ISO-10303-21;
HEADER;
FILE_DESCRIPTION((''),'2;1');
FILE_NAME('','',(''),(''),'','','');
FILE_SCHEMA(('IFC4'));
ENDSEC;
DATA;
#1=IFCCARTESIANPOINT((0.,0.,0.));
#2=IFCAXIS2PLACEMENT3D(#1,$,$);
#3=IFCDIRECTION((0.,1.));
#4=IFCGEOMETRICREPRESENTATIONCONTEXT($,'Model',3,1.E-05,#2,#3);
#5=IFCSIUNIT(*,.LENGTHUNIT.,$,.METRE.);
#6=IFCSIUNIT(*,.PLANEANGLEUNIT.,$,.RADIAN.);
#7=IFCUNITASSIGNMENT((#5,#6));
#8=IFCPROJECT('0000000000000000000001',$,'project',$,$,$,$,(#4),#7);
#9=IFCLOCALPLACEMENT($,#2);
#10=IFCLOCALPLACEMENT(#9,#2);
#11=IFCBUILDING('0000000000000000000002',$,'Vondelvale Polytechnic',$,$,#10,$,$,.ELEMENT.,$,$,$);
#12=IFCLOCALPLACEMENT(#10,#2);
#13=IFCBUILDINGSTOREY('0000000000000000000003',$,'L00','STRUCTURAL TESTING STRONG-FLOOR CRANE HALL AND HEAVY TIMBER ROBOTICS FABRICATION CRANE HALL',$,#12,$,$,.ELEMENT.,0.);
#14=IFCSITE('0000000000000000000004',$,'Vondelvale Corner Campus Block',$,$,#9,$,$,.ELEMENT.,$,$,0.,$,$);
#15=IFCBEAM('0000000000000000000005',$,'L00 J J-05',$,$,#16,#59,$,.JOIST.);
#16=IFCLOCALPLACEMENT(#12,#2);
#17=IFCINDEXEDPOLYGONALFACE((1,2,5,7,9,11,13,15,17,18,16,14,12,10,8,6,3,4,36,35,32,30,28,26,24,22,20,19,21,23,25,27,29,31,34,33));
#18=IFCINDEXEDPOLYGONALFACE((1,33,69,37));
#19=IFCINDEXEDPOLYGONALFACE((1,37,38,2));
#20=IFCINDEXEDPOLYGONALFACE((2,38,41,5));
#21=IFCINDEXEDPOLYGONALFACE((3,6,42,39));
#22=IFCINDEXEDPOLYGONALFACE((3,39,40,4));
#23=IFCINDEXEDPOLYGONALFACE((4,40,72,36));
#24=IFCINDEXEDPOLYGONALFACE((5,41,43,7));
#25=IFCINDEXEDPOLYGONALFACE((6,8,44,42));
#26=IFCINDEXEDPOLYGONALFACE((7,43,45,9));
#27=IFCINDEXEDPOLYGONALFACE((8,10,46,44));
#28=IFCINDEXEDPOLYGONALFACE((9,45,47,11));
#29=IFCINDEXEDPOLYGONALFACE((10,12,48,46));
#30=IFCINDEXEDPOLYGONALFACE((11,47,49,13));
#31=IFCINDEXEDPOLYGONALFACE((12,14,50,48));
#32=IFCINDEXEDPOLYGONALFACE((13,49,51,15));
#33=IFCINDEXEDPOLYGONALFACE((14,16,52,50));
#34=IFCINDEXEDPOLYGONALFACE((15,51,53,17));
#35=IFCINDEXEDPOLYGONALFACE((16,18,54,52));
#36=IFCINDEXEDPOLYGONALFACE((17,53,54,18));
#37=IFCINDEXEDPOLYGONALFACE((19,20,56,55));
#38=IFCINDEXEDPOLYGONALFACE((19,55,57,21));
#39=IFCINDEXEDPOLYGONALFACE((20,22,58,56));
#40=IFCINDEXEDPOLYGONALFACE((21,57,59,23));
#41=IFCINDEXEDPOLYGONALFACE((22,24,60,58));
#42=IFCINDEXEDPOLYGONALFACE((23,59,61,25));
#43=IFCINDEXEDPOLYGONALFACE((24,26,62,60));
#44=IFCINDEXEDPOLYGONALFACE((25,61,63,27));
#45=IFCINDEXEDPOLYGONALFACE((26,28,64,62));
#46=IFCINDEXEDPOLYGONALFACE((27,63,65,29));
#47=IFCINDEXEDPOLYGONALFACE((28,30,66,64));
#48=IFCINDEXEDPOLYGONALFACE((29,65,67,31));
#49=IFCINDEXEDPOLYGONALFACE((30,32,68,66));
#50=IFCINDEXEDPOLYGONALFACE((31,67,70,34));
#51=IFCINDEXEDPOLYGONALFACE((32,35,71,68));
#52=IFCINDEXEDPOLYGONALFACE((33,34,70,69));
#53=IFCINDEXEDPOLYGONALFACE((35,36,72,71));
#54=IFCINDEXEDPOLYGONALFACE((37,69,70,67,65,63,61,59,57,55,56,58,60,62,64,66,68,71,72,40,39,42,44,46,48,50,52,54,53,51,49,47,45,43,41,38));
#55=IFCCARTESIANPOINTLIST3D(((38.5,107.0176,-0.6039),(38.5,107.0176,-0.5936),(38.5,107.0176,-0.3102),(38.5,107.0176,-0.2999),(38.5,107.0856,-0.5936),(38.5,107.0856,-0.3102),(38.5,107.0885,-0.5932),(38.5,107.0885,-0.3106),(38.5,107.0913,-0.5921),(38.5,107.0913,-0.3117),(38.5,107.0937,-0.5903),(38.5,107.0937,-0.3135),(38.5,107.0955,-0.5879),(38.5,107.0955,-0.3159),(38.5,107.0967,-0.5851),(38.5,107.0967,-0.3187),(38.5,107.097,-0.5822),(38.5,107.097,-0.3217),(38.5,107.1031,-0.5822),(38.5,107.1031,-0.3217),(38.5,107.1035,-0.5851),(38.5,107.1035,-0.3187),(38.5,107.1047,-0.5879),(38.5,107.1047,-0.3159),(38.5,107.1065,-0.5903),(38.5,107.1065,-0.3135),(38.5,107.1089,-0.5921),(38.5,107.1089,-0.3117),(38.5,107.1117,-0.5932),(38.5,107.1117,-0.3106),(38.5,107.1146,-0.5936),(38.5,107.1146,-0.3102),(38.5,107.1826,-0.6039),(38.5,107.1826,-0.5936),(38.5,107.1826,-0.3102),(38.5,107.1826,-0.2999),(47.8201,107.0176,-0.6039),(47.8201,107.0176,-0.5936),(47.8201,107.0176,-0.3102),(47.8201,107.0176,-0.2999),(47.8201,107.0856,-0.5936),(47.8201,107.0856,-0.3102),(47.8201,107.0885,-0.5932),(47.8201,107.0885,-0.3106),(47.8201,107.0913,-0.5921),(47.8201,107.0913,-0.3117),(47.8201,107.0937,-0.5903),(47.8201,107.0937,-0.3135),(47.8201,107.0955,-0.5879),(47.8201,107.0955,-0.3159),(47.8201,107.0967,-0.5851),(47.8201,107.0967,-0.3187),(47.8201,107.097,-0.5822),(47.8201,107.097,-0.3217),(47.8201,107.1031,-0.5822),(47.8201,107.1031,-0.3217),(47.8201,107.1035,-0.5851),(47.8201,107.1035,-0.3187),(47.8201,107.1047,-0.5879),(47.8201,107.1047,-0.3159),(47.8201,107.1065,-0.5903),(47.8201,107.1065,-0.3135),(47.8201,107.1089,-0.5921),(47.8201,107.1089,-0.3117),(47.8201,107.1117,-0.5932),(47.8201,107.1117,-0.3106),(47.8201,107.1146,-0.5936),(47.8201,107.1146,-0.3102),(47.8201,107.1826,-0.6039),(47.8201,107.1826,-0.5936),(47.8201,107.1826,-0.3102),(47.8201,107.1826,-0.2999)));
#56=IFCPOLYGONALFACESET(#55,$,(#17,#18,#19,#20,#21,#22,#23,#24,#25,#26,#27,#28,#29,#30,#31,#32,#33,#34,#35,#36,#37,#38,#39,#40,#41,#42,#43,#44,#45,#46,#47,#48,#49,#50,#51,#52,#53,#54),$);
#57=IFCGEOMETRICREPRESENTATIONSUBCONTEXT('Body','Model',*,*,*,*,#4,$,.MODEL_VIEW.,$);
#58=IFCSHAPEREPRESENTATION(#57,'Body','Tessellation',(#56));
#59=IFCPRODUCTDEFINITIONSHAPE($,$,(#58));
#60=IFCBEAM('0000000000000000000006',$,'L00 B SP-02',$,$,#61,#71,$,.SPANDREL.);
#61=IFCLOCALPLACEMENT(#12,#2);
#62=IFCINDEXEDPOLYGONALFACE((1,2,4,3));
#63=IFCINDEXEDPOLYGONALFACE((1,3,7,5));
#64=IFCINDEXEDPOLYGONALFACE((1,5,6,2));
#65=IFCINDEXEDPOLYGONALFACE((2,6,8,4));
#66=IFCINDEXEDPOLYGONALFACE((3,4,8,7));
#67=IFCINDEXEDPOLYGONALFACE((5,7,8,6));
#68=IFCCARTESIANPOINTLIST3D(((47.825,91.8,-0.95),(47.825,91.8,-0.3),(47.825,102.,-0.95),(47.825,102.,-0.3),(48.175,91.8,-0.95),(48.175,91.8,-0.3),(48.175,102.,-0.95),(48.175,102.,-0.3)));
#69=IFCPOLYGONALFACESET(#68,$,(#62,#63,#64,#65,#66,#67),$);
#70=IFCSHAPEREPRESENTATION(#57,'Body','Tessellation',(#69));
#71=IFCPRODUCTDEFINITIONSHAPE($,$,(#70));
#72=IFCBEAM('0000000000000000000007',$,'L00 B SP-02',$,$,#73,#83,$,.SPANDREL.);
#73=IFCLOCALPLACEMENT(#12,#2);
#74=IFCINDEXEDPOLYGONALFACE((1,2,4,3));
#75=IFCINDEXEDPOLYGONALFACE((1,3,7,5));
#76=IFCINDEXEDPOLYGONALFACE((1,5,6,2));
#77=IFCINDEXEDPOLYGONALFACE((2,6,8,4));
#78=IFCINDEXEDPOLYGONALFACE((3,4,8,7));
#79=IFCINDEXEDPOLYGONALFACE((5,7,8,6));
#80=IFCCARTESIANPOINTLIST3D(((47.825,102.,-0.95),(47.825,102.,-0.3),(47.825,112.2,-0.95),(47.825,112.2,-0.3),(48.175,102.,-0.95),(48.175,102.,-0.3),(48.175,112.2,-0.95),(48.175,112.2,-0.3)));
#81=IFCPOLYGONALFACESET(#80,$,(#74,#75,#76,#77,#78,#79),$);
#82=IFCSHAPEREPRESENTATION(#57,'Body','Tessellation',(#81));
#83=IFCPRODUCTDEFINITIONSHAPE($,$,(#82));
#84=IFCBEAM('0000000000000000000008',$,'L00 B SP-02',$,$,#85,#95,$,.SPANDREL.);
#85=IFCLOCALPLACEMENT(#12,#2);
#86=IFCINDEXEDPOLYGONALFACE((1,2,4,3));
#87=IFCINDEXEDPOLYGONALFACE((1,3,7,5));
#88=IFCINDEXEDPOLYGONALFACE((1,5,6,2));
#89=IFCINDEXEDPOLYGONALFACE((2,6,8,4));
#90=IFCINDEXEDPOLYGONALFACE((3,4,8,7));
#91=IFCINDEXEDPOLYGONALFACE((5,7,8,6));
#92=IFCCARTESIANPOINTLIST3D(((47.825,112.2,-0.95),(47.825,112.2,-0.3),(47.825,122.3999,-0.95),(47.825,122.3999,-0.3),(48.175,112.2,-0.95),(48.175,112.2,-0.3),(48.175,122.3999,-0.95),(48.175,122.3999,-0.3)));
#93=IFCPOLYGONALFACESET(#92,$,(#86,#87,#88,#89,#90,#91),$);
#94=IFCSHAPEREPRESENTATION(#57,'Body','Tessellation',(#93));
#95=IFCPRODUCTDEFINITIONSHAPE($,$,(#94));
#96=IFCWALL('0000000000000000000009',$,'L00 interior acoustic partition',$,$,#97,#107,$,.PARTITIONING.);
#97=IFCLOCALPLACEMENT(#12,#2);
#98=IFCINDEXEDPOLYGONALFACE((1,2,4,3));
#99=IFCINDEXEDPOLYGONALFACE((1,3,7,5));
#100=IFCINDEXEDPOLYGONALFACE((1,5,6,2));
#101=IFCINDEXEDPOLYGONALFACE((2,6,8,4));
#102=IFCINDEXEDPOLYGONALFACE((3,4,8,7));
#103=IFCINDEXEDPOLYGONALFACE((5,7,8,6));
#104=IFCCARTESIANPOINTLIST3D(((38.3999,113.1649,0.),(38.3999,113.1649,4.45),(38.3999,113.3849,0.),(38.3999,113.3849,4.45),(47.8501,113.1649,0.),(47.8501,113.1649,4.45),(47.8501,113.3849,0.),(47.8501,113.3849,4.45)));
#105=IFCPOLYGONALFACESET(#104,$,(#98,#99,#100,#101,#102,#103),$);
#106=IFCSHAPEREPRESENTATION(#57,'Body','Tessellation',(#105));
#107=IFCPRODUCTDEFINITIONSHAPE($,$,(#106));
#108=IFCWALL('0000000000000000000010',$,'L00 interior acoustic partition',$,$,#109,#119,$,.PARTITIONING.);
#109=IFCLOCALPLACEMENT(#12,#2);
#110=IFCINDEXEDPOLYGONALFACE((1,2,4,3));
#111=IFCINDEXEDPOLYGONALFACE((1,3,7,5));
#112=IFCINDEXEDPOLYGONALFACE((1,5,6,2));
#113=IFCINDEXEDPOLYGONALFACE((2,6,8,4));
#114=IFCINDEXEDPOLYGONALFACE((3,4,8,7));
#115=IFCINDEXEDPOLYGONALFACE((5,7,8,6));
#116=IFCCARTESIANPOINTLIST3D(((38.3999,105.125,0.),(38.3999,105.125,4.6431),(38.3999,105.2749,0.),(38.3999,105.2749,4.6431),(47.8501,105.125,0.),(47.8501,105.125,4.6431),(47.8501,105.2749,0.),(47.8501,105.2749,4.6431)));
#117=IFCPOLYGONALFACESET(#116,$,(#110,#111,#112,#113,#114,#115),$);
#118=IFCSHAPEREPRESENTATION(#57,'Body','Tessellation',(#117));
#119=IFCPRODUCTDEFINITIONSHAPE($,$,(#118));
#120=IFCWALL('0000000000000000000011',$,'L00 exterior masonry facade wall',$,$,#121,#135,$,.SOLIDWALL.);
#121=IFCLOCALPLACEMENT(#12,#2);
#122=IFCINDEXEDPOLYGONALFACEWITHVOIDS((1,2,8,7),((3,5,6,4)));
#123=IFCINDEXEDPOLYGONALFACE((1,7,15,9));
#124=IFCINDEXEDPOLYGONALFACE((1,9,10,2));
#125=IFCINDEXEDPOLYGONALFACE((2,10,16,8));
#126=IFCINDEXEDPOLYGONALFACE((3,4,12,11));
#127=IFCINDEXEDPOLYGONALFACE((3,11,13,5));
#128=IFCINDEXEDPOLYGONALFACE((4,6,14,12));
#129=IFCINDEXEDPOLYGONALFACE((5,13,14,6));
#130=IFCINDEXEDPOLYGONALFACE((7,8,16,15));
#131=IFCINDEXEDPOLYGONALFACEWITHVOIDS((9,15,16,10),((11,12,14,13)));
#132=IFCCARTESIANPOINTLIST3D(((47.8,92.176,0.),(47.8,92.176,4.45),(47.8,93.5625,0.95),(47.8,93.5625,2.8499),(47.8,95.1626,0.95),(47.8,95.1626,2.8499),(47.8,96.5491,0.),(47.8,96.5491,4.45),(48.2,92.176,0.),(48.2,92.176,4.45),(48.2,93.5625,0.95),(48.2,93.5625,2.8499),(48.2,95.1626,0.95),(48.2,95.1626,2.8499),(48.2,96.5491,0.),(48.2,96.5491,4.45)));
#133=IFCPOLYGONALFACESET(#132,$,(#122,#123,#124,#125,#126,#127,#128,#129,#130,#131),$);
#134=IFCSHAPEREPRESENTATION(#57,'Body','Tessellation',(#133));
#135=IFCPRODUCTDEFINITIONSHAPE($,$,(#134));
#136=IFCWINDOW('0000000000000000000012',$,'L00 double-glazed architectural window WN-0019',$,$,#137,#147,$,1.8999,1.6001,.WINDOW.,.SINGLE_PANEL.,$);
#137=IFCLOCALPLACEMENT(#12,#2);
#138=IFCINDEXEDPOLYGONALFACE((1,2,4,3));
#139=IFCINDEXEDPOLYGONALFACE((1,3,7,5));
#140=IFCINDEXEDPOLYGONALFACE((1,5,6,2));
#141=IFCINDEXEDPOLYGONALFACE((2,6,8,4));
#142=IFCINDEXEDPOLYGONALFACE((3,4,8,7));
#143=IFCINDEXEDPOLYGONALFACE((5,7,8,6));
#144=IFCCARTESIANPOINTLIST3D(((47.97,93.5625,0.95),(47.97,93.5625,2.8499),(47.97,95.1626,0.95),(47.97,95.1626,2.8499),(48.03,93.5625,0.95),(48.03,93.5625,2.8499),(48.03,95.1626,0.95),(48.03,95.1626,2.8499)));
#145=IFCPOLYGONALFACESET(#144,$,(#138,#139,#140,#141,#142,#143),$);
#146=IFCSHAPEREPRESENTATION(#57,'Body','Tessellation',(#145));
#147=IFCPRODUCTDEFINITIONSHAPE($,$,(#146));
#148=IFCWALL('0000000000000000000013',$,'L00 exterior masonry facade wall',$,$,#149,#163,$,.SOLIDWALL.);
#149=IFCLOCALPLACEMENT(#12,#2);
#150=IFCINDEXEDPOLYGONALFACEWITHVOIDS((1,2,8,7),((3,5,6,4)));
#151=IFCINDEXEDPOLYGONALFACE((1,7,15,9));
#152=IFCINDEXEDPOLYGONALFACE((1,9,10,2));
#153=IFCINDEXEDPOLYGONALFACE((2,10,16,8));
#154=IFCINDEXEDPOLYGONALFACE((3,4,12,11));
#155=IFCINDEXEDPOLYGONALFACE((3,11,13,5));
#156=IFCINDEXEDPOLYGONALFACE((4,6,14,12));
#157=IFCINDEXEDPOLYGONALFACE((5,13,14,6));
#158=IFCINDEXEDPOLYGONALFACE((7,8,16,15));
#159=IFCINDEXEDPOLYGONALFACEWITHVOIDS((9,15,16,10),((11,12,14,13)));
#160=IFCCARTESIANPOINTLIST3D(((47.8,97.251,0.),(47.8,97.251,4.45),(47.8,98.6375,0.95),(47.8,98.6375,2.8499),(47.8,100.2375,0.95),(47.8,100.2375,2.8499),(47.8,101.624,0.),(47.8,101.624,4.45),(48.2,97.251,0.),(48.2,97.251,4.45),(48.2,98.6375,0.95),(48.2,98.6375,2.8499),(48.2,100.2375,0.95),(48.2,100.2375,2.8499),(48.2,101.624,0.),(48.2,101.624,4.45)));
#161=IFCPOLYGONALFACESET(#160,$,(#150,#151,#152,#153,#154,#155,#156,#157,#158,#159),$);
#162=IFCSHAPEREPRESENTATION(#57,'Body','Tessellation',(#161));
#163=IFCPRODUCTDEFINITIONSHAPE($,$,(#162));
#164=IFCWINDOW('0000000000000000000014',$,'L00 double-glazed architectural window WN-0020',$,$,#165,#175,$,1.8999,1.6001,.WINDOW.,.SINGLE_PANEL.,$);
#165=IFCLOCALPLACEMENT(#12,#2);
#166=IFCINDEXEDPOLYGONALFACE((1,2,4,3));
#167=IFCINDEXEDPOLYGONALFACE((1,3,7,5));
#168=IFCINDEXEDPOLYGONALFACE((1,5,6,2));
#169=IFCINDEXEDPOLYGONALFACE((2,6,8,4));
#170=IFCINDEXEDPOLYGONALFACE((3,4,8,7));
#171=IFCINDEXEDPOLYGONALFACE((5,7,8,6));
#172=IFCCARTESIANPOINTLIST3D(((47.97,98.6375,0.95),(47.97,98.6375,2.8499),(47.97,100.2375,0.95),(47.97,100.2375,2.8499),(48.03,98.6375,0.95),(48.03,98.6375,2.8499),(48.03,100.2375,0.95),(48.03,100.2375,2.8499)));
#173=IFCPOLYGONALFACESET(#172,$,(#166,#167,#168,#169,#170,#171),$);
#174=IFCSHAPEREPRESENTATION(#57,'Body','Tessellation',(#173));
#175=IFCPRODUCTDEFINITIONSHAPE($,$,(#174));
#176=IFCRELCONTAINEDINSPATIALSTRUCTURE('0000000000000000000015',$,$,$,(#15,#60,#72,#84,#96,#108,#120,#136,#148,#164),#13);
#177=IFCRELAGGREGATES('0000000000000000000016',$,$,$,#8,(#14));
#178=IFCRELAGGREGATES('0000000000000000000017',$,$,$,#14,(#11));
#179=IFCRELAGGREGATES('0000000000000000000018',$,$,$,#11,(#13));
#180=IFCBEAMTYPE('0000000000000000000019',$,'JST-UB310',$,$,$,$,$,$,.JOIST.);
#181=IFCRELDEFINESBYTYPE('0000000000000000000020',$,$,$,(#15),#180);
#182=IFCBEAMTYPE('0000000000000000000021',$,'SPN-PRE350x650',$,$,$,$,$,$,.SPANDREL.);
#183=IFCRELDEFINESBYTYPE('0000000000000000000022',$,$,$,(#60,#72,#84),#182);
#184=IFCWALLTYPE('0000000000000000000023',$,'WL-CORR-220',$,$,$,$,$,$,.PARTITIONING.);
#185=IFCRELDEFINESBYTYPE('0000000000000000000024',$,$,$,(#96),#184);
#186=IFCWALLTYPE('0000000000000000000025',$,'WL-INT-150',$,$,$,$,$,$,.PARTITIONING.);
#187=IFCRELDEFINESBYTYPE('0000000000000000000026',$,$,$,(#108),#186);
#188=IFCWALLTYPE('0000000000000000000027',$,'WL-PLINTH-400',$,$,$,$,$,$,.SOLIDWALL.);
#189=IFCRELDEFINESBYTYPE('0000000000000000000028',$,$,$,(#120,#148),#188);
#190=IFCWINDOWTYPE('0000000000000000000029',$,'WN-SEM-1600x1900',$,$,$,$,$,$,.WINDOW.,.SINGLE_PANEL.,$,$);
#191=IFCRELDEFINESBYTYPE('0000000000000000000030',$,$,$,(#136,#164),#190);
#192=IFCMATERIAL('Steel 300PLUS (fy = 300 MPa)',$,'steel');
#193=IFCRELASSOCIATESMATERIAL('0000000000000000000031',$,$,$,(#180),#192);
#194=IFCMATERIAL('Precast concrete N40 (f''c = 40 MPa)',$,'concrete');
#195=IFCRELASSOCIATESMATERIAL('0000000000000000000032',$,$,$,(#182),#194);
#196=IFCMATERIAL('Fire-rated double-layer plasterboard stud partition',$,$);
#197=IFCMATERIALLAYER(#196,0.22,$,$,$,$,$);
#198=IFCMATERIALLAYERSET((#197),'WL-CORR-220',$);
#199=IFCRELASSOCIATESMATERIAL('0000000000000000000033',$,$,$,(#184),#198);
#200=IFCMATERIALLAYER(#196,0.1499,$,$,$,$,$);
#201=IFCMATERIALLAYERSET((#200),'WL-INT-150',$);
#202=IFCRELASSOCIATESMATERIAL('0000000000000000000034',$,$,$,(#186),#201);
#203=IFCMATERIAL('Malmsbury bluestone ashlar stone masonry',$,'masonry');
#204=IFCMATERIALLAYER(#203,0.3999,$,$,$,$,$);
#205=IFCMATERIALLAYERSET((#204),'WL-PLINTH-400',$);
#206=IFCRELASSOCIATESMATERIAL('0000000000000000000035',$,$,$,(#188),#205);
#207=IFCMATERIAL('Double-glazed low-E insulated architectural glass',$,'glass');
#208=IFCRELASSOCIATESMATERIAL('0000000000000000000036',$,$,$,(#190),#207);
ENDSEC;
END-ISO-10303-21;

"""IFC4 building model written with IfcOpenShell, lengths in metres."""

from ifc_helpers import new_model, si_unit, direction, frame, frame_2d, origin, origin_2d, place, context, subcontext, project, spatial, rectangle, i_section, extrude, material, layer, layer_set, material_profile, profile_set, type_object, element, fill, save


model = new_model("IFC4")

# Units and contexts
model_context = context("Model", 3, precision=1e-05, world=origin(), true_north=direction((0.0, 1.0)))
body_context = subcontext(model_context, "Body", "Model", "MODEL_VIEW")
ifc_project = project(units=[si_unit("LENGTHUNIT", "METRE"), si_unit("PLANEANGLEUNIT", "RADIAN")], contexts=[model_context])

# Site, building, storey
site_placement = place(None, origin())
site = spatial("IfcSite", under=ifc_project, at=site_placement, Name="Vondelvale Corner Campus Block", CompositionType="ELEMENT", RefElevation=0.0)
building_placement = place(site_placement, origin())
building = spatial("IfcBuilding", under=site, at=building_placement, Name="Vondelvale Polytechnic", CompositionType="ELEMENT")
storey_placement = place(building_placement, origin())
storey = spatial("IfcBuildingStorey", under=building, at=storey_placement, Name="L00", Description="STRUCTURAL TESTING STRONG-FLOOR CRANE HALL AND HEAVY TIMBER ROBOTICS FABRICATION CRANE HALL", CompositionType="ELEMENT", Elevation=0.0)

# Beams
ifc_material_1 = material(Name="Steel 300PLUS (fy = 300 MPa)", Category="steel")
ifc_material_profile_1 = material_profile(ifc_material_1, i_section(OverallWidth=0.165, OverallDepth=0.304, WebThickness=0.0061, FlangeThickness=0.0103, FilletRadius=0.0115, at=origin_2d()), Name="310UB40.4")
ifc_profile_set_1 = profile_set([ifc_material_profile_1], Name="Steel 300PLUS (fy = 300 MPa)")
beam_type_1 = type_object("IfcBeamType", Name="JST-UB310", PredefinedType="JOIST", material=ifc_profile_set_1)
for number, where, z_axis, x_axis, name in (
    (1, (38.5, 107.1001, -0.4519), (1.0, 0.0, 0.0), (0.0, 1.0, 0.0), "L00 J J-05"),
):
    element("IfcBeam", number, at=place(storey_placement, frame(where, z_axis=z_axis, x_axis=x_axis)), inside=storey, type_object=beam_type_1, Name=name, PredefinedType="JOIST", context=body_context, shape_type="SweptSolid", body=[
        extrude(i_section(OverallWidth=0.165, OverallDepth=0.304, WebThickness=0.0061, FlangeThickness=0.0103, FilletRadius=0.0115, at=origin_2d()), origin(), (0.0, 0.0, 1.0), 9.3201),
    ])
ifc_material_2 = material(Name="Precast concrete N40 (f'c = 40 MPa)", Category="concrete")
ifc_material_profile_2 = material_profile(ifc_material_2, rectangle(XDim=0.3501, YDim=0.6499, at=origin_2d()), Name="RC-SPN-350x650")
ifc_profile_set_2 = profile_set([ifc_material_profile_2], Name="Precast concrete N40 (f'c = 40 MPa)")
beam_type_2 = type_object("IfcBeamType", Name="SPN-PRE350x650", PredefinedType="SPANDREL", material=ifc_profile_set_2)
for number, where, z_axis, x_axis, name in (
    (2, (48.0, 91.8, -0.625), (0.0, 1.0, 0.0), (-1.0, 0.0, 0.0), "L00 B SP-02"),
    (3, (48.0, 102.0, -0.625), (0.0, 1.0, 0.0), (-1.0, 0.0, 0.0), "L00 B SP-02"),
    (4, (48.0, 112.2, -0.625), (0.0, 1.0, 0.0), (-1.0, 0.0, 0.0), "L00 B SP-02"),
):
    element("IfcBeam", number, at=place(storey_placement, frame(where, z_axis=z_axis, x_axis=x_axis)), inside=storey, type_object=beam_type_2, Name=name, PredefinedType="SPANDREL", context=body_context, shape_type="SweptSolid", body=[
        extrude(rectangle(XDim=0.3501, YDim=0.6499, at=origin_2d()), origin(), (0.0, 0.0, 1.0), 10.2),
    ])

# Walls
ifc_material_3 = material(Name="Fire-rated double-layer plasterboard stud partition")
ifc_layer_1 = layer(ifc_material_3, 0.22)
ifc_layer_set_1 = layer_set([ifc_layer_1], Name="WL-CORR-220")
wall_type_1 = type_object("IfcWallType", Name="WL-CORR-220", PredefinedType="PARTITIONING", material=ifc_layer_set_1)
wall_1_placement = place(storey_placement, frame((38.3999, 113.2749, 0.0), z_axis=(0.0, 0.0, 1.0), x_axis=(1.0, 0.0, 0.0)))
element("IfcWall", 5, at=wall_1_placement, inside=storey, type_object=wall_type_1, Name="L00 interior acoustic partition", PredefinedType="PARTITIONING", context=body_context, shape_type="SweptSolid", body=[
    extrude(rectangle(XDim=9.4502, YDim=0.22, at=frame_2d((4.7251, 0.0))), origin(), (0.0, 0.0, 1.0), 4.45),
])
ifc_layer_2 = layer(ifc_material_3, 0.1499)
ifc_layer_set_2 = layer_set([ifc_layer_2], Name="WL-INT-150")
wall_type_2 = type_object("IfcWallType", Name="WL-INT-150", PredefinedType="PARTITIONING", material=ifc_layer_set_2)
wall_2_placement = place(storey_placement, frame((38.3999, 105.2, 0.0), z_axis=(0.0, 0.0, 1.0), x_axis=(1.0, 0.0, 0.0)))
element("IfcWall", 6, at=wall_2_placement, inside=storey, type_object=wall_type_2, Name="L00 interior acoustic partition", PredefinedType="PARTITIONING", context=body_context, shape_type="SweptSolid", body=[
    extrude(rectangle(XDim=9.4502, YDim=0.1499, at=frame_2d((4.7251, 0.0))), origin(), (0.0, 0.0, 1.0), 4.6431),
])

# Walls, openings, windows
ifc_material_4 = material(Name="Malmsbury bluestone ashlar stone masonry", Category="masonry")
ifc_layer_3 = layer(ifc_material_4, 0.3999)
ifc_layer_set_3 = layer_set([ifc_layer_3], Name="WL-PLINTH-400")
wall_type_3 = type_object("IfcWallType", Name="WL-PLINTH-400", PredefinedType="SOLIDWALL", material=ifc_layer_set_3)
wall_3_placement = place(storey_placement, frame((48.0, 96.5491, 0.0), z_axis=(0.0, 0.0, 1.0), x_axis=(0.0, -1.0, 0.0)))
wall_3 = element("IfcWall", 7, at=wall_3_placement, inside=storey, type_object=wall_type_3, Name="L00 exterior masonry facade wall", PredefinedType="SOLIDWALL", context=body_context, shape_type="SweptSolid", body=[
    extrude(rectangle(XDim=4.373, YDim=0.3999, at=frame_2d((2.1865, 0.0))), origin(), (0.0, 0.0, 1.0), 4.45),
])
opening_1_placement = place(wall_3_placement, frame((1.3865, 0.0, 0.95)))
opening_1 = element("IfcOpeningElement", 8, at=opening_1_placement, cuts=wall_3, PredefinedType="OPENING", context=body_context, shape_type="SweptSolid", body=[
    extrude(rectangle(XDim=1.6001, YDim=1.8999, at=frame_2d((0.8, 0.95))), frame((0.0, 0.21, 0.0), z_axis=(0.0, -1.0, 0.0), x_axis=(1.0, 0.0, 0.0)), (0.0, 0.0, 1.0), 0.4199),
])
ifc_material_5 = material(Name="Double-glazed low-E insulated architectural glass", Category="glass")
window_type = type_object("IfcWindowType", Name="WN-SEM-1600x1900", PartitioningType="SINGLE_PANEL", PredefinedType="WINDOW", material=ifc_material_5)
window_1_placement = place(opening_1_placement, origin())
window_1 = element("IfcWindow", 9, at=window_1_placement, inside=storey, type_object=window_type, Name="L00 double-glazed architectural window WN-0019", OverallHeight=1.8999, OverallWidth=1.6001, PartitioningType="SINGLE_PANEL", PredefinedType="WINDOW", context=body_context, shape_type="SweptSolid", body=[
    extrude(rectangle(XDim=1.6001, YDim=1.8999, at=frame_2d((0.8, 0.95))), frame((0.0, 0.03, 0.0), z_axis=(0.0, -1.0, 0.0), x_axis=(1.0, 0.0, 0.0)), (0.0, 0.0, 1.0), 0.0601),
])
fill(opening_1, window_1)
wall_4_placement = place(storey_placement, frame((48.0, 101.624, 0.0), z_axis=(0.0, 0.0, 1.0), x_axis=(0.0, -1.0, 0.0)))
wall_4 = element("IfcWall", 10, at=wall_4_placement, inside=storey, type_object=wall_type_3, Name="L00 exterior masonry facade wall", PredefinedType="SOLIDWALL", context=body_context, shape_type="SweptSolid", body=[
    extrude(rectangle(XDim=4.373, YDim=0.3999, at=frame_2d((2.1865, 0.0))), origin(), (0.0, 0.0, 1.0), 4.45),
])
opening_2_placement = place(wall_4_placement, frame((1.3865, 0.0, 0.95)))
opening_2 = element("IfcOpeningElement", 11, at=opening_2_placement, cuts=wall_4, PredefinedType="OPENING", context=body_context, shape_type="SweptSolid", body=[
    extrude(rectangle(XDim=1.6001, YDim=1.8999, at=frame_2d((0.8, 0.95))), frame((0.0, 0.21, 0.0), z_axis=(0.0, -1.0, 0.0), x_axis=(1.0, 0.0, 0.0)), (0.0, 0.0, 1.0), 0.4199),
])
window_2_placement = place(opening_2_placement, origin())
window_2 = element("IfcWindow", 12, at=window_2_placement, inside=storey, type_object=window_type, Name="L00 double-glazed architectural window WN-0020", OverallHeight=1.8999, OverallWidth=1.6001, PartitioningType="SINGLE_PANEL", PredefinedType="WINDOW", context=body_context, shape_type="SweptSolid", body=[
    extrude(rectangle(XDim=1.6001, YDim=1.8999, at=frame_2d((0.8, 0.95))), frame((0.0, 0.03, 0.0), z_axis=(0.0, -1.0, 0.0), x_axis=(1.0, 0.0, 0.0)), (0.0, 0.0, 1.0), 0.0601),
])
fill(opening_2, window_2)

save(model, "model.ifc")
